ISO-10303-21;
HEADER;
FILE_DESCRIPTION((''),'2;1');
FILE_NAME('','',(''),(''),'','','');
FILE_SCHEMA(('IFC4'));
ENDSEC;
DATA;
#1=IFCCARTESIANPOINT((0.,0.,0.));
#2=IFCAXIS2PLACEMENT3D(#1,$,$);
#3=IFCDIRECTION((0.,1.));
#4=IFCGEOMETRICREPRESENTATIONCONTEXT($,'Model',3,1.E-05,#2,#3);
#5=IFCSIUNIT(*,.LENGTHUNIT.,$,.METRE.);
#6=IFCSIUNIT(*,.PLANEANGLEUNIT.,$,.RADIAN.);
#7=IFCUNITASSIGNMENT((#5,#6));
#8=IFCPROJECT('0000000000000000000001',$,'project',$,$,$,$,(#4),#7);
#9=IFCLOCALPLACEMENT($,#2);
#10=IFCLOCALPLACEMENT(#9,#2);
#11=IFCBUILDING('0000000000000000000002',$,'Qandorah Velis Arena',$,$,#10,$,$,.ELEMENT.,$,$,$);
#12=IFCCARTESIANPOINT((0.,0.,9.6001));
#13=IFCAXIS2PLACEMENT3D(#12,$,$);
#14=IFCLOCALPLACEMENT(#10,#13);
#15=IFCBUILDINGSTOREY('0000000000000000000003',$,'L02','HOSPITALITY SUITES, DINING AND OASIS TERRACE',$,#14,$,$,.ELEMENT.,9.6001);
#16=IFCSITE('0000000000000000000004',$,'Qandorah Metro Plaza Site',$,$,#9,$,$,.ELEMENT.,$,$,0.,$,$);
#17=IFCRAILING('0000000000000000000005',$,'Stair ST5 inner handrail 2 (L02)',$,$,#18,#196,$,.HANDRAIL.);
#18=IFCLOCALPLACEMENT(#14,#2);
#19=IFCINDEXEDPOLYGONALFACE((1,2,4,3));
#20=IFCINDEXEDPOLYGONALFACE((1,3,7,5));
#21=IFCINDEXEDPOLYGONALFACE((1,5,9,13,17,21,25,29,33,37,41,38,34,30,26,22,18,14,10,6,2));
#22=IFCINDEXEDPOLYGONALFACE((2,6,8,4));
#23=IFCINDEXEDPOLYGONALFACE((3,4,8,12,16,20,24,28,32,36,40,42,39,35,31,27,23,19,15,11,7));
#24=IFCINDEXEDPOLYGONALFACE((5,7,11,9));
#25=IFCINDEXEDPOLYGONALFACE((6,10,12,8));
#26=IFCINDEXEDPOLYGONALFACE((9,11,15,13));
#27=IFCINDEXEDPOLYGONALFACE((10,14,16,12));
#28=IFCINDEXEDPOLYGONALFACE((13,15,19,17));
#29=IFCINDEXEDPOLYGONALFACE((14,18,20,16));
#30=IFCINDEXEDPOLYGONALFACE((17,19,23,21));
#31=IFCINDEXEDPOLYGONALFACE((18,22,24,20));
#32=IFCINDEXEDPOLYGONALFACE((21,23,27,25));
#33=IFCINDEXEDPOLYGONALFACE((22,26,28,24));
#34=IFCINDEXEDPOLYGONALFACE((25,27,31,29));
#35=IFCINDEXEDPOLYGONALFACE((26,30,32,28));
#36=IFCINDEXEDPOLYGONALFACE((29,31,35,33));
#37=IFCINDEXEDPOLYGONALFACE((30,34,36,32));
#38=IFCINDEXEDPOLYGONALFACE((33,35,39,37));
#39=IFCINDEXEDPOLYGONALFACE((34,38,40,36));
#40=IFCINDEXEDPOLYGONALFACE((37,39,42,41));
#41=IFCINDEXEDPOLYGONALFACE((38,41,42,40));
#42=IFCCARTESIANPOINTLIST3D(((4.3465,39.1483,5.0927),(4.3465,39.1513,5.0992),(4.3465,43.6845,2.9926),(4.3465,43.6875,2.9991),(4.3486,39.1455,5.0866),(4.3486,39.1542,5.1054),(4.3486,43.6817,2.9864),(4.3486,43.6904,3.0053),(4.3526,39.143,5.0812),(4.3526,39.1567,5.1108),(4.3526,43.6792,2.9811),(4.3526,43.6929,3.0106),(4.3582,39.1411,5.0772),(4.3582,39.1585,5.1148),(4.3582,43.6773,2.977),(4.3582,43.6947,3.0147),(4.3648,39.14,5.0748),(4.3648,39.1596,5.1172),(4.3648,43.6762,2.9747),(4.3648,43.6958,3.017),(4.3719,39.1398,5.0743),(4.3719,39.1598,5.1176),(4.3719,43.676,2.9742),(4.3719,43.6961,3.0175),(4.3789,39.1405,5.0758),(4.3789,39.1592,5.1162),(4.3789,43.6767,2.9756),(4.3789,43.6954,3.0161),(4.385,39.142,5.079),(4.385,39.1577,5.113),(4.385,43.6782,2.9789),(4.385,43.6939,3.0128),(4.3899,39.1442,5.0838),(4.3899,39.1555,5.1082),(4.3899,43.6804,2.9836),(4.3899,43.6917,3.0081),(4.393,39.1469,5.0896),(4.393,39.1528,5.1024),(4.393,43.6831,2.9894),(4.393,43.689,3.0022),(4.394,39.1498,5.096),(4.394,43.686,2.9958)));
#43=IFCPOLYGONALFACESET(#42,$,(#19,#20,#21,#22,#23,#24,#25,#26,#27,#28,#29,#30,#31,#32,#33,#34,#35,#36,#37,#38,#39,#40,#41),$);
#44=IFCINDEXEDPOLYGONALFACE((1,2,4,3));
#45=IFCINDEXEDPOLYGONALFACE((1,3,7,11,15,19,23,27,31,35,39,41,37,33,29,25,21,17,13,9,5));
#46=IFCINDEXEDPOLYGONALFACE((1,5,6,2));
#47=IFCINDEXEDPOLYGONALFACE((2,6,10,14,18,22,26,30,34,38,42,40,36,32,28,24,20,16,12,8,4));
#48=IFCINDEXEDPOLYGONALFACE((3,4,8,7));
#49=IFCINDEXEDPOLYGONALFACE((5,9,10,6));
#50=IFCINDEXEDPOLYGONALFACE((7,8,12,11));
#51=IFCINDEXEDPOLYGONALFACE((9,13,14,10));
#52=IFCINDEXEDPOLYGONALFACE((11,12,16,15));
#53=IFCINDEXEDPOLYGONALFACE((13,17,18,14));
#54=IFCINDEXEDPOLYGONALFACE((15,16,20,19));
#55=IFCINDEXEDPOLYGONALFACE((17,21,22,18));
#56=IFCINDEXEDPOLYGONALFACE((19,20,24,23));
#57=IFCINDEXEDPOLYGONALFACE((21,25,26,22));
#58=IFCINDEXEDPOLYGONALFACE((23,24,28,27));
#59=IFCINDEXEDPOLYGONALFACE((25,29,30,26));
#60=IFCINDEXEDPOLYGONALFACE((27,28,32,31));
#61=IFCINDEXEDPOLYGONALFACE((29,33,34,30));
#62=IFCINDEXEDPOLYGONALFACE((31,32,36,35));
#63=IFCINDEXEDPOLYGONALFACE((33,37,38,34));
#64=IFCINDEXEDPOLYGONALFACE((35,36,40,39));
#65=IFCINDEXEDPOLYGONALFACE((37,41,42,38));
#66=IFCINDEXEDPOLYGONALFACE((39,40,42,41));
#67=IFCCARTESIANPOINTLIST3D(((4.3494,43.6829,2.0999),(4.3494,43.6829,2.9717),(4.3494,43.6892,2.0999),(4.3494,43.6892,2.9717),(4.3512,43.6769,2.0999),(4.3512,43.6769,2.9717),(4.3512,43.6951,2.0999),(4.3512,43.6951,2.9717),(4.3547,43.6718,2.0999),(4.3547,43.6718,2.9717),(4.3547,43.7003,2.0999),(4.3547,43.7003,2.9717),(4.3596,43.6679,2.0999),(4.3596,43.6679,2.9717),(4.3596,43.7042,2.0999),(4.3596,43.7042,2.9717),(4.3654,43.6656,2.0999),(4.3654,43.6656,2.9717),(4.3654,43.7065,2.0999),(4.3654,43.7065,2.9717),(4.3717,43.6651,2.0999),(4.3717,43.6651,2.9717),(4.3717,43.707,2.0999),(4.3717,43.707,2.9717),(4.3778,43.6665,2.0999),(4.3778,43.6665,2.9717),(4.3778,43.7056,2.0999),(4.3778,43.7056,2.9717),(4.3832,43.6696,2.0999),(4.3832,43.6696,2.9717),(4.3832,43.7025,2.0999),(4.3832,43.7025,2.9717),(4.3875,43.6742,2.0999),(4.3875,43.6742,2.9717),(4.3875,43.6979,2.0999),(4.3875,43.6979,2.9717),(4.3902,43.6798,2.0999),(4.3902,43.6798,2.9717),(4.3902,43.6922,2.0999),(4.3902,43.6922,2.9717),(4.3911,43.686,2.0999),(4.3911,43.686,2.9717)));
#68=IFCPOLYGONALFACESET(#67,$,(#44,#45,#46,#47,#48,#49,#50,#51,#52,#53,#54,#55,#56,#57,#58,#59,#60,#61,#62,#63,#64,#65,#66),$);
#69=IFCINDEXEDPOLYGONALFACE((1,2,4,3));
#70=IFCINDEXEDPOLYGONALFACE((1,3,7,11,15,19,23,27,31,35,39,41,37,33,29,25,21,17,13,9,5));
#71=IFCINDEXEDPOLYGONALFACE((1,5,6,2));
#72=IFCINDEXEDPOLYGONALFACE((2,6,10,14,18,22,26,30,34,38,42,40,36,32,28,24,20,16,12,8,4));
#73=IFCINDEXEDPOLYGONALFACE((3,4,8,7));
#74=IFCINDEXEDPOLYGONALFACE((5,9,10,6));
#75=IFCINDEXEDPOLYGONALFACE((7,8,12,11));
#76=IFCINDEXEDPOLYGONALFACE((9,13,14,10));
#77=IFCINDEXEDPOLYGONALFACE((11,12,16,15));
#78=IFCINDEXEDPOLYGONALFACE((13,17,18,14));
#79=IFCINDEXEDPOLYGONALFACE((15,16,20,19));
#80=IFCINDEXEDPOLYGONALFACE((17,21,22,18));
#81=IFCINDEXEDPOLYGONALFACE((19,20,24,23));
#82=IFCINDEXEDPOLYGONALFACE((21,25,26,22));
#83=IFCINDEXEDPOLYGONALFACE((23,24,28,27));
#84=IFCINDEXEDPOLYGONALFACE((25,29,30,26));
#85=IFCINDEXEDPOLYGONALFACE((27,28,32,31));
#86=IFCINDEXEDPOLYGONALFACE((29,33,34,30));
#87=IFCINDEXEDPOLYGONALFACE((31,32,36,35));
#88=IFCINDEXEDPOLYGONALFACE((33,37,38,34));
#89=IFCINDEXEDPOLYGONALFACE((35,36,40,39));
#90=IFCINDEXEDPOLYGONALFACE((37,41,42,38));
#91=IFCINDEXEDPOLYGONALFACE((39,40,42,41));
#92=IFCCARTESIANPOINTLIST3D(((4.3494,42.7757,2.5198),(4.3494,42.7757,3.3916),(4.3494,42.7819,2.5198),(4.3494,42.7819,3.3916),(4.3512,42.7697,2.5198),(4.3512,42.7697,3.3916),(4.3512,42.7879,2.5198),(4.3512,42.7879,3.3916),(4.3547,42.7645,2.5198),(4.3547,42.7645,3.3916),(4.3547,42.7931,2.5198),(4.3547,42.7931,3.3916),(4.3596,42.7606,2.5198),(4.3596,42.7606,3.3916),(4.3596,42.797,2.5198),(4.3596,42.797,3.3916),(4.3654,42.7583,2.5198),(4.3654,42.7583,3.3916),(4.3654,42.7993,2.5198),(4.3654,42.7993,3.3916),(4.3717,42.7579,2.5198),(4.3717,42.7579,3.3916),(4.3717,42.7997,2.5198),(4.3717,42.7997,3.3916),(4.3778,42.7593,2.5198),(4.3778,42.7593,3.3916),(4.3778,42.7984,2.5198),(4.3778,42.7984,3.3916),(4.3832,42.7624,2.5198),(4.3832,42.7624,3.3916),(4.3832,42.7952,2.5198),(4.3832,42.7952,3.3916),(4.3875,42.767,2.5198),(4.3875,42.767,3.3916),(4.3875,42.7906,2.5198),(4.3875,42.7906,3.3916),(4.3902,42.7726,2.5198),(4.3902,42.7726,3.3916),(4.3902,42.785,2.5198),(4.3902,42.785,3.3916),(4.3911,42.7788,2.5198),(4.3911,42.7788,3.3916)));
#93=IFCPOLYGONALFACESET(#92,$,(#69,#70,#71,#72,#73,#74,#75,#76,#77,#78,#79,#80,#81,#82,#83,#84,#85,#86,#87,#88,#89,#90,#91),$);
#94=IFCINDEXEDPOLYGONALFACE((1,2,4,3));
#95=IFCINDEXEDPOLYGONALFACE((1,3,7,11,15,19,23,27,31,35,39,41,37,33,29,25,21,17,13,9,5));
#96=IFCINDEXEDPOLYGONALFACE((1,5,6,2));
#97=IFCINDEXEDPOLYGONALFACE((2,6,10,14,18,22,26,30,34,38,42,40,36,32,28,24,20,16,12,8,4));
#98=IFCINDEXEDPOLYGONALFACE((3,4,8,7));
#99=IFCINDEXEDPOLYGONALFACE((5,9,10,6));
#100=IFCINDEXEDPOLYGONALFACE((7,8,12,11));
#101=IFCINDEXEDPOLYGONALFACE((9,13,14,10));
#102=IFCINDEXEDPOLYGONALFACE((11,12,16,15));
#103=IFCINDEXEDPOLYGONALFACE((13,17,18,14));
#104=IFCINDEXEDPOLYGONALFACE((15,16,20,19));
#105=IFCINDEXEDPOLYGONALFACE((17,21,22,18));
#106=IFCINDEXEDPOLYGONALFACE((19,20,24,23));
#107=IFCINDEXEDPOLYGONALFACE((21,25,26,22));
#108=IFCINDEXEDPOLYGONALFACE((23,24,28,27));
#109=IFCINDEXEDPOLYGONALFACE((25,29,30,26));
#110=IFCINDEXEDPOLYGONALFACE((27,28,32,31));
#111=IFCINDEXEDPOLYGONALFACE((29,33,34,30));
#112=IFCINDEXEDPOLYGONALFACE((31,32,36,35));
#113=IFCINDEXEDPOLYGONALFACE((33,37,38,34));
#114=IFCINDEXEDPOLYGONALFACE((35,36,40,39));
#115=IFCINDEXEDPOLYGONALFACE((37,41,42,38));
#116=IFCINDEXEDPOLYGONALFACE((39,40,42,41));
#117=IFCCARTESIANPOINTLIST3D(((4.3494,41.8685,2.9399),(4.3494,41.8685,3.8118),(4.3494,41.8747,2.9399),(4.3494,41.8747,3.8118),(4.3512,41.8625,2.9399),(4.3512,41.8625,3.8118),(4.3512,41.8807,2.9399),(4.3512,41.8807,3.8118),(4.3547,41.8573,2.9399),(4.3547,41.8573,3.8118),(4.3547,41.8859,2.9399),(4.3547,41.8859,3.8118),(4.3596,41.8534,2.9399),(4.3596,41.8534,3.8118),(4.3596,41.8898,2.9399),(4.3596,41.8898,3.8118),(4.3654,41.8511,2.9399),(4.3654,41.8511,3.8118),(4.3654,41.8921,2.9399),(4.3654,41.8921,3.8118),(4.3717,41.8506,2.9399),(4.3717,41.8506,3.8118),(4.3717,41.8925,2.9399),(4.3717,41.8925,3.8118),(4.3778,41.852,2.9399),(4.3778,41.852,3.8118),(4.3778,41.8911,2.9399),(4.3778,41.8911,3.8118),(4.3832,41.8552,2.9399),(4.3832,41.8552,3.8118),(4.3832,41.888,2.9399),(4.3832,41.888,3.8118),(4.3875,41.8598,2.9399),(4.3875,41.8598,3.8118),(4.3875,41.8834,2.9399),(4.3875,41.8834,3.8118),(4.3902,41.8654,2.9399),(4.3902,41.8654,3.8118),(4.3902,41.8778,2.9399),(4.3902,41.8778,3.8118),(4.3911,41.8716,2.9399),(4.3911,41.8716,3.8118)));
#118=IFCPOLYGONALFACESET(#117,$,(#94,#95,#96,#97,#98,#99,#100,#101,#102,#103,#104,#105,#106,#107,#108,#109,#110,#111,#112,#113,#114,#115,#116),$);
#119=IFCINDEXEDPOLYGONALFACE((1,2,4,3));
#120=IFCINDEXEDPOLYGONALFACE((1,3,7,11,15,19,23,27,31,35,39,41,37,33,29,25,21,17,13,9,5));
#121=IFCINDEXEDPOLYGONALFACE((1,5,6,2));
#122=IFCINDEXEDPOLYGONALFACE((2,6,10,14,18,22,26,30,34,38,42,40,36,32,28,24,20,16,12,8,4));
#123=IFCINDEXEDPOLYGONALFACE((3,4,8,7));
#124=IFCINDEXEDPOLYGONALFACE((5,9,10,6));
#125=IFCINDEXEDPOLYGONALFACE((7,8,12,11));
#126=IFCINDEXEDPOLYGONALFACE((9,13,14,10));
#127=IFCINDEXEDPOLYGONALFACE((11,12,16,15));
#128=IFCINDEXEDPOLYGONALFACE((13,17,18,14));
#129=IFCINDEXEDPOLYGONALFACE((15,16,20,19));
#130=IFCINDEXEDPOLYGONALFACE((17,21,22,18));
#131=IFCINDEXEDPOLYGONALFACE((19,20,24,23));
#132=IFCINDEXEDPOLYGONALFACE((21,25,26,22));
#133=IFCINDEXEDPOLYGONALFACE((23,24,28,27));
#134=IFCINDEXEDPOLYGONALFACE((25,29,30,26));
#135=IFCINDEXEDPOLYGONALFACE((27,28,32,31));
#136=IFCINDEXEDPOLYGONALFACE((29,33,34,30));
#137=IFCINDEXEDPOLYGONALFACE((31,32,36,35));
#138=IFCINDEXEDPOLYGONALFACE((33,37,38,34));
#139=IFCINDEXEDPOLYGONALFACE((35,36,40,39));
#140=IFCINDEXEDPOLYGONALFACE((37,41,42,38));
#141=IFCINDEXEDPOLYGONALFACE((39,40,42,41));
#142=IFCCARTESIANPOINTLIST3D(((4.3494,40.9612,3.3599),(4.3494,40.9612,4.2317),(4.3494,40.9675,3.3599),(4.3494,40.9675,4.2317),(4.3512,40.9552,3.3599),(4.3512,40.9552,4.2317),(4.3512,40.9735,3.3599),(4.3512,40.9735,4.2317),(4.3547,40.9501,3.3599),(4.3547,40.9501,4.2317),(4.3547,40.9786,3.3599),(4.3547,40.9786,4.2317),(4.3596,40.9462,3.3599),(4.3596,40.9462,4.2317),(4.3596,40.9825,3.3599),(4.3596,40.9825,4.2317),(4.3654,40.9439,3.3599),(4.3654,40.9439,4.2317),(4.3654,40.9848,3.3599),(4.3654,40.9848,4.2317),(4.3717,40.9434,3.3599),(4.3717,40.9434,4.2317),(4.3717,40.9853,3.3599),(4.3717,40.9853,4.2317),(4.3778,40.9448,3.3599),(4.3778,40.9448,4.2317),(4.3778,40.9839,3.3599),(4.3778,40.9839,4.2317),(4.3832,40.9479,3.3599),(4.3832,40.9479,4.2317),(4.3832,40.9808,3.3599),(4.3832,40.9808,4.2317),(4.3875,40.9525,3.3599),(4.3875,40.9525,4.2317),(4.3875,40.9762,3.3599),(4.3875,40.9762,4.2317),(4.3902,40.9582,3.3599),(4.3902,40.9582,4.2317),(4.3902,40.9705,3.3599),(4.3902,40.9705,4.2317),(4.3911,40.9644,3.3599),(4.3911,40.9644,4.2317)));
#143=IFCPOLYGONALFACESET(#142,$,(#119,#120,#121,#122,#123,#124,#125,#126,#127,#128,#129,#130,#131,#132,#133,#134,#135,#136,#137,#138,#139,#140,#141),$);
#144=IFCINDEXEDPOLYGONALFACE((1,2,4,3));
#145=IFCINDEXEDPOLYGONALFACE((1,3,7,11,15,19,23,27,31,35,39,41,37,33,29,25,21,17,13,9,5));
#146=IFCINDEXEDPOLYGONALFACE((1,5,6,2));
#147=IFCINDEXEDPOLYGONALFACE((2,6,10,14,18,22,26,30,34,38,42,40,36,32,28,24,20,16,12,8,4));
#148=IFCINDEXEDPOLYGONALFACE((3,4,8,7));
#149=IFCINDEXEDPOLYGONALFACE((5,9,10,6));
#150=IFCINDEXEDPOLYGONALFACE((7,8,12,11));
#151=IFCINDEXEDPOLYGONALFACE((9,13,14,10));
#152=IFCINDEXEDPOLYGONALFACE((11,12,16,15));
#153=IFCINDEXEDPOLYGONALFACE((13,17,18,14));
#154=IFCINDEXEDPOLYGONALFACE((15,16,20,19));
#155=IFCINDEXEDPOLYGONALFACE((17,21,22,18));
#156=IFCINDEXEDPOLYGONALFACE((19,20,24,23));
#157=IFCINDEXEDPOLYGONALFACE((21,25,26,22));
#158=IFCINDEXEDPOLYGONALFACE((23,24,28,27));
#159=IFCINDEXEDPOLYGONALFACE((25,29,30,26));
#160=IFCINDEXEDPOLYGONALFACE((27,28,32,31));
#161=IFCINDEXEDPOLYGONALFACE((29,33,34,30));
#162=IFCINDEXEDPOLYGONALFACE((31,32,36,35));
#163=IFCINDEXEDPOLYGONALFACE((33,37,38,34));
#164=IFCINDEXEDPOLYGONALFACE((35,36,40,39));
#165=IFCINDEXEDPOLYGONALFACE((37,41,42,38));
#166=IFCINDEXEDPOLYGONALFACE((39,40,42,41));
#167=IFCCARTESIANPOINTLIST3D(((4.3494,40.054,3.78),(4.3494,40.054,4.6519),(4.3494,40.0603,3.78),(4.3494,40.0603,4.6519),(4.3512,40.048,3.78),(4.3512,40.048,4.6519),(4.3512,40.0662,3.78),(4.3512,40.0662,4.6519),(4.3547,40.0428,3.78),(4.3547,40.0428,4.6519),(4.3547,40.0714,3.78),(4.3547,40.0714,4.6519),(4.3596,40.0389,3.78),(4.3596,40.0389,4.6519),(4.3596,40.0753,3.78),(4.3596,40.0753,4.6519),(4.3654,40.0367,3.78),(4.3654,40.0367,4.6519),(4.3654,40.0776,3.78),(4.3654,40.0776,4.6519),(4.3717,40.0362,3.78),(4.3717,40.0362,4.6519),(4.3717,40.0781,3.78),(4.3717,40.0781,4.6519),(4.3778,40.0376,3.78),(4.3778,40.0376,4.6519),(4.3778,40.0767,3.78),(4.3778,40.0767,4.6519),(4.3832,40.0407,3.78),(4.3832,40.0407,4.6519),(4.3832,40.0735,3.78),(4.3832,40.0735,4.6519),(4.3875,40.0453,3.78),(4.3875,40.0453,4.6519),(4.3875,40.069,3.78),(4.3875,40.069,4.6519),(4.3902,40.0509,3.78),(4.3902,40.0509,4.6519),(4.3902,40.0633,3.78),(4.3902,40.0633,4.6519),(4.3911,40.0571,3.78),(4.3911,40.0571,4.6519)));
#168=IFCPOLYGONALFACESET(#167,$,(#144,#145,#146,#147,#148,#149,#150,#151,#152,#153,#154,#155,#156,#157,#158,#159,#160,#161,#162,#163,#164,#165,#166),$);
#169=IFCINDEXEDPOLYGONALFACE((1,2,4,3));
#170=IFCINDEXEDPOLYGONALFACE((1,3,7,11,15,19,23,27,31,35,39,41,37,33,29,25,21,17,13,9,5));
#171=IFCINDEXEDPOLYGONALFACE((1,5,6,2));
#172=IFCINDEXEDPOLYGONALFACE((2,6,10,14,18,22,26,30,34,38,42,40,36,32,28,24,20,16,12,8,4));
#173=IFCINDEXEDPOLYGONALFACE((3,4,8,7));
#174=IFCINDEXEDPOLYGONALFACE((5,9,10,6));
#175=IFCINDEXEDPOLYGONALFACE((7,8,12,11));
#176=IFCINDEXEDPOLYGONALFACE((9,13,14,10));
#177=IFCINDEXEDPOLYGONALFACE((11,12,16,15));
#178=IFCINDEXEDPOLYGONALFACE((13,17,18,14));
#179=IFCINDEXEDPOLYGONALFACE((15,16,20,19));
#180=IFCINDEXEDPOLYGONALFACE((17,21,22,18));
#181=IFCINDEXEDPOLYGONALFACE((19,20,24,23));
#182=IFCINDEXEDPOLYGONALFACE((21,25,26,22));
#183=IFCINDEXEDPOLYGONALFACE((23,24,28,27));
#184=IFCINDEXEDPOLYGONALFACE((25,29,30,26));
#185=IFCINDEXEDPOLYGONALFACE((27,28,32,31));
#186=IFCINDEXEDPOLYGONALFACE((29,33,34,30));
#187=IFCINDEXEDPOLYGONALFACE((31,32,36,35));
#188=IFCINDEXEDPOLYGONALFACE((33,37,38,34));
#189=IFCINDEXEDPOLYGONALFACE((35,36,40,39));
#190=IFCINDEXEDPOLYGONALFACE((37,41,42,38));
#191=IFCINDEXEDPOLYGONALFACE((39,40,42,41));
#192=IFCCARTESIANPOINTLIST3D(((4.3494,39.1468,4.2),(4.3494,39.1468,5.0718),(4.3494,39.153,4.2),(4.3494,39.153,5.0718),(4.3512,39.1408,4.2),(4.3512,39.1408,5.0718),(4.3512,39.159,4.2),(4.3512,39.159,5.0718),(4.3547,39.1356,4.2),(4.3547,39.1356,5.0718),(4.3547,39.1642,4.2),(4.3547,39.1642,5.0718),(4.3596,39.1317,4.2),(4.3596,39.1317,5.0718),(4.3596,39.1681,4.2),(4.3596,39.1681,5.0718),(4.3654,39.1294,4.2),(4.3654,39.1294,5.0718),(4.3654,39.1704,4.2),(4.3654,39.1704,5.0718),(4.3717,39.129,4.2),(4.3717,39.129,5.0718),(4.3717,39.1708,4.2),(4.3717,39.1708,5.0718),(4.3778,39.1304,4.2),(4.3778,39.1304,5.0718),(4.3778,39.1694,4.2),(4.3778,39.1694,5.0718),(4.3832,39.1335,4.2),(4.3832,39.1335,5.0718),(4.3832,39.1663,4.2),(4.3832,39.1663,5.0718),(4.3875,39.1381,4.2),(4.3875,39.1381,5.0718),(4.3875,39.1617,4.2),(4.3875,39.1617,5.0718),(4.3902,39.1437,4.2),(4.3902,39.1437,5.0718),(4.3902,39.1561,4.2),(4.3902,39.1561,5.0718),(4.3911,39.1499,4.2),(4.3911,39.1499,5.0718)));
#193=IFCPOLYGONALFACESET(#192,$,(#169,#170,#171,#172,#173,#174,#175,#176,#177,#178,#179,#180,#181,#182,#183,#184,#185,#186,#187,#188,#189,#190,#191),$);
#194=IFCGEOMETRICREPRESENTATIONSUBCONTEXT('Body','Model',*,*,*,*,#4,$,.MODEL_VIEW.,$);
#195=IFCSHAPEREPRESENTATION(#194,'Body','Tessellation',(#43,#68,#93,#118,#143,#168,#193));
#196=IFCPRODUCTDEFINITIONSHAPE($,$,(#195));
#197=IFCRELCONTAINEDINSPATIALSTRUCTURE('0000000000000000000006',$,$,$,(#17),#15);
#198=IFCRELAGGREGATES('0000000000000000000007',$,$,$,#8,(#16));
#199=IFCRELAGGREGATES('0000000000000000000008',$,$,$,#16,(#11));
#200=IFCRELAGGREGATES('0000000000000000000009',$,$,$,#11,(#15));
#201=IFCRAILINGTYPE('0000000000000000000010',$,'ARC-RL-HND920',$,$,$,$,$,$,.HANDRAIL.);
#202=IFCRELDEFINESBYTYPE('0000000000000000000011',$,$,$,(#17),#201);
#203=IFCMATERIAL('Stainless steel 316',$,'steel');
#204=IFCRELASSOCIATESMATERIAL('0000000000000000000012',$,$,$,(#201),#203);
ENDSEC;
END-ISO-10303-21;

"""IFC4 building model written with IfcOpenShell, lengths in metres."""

from ifc_helpers import new_model, si_unit, direction, frame, origin, origin_2d, place, context, subcontext, project, spatial, circle, extrude, material, type_object, element, save


model = new_model("IFC4")

# Units and contexts
model_context = context("Model", 3, precision=1e-05, world=origin(), true_north=direction((0.0, 1.0)))
body_context = subcontext(model_context, "Body", "Model", "MODEL_VIEW")
ifc_project = project(units=[si_unit("LENGTHUNIT", "METRE"), si_unit("PLANEANGLEUNIT", "RADIAN")], contexts=[model_context])

# Site, building, storey
site_placement = place(None, origin())
site = spatial("IfcSite", under=ifc_project, at=site_placement, Name="Qandorah Metro Plaza Site", CompositionType="ELEMENT", RefElevation=0.0)
building_placement = place(site_placement, origin())
building = spatial("IfcBuilding", under=site, at=building_placement, Name="Qandorah Velis Arena", CompositionType="ELEMENT")
storey_placement = place(building_placement, frame((0.0, 0.0, 9.6001)))
storey = spatial("IfcBuildingStorey", under=building, at=storey_placement, Name="L02", Description="HOSPITALITY SUITES, DINING AND OASIS TERRACE", CompositionType="ELEMENT", Elevation=9.6001)

# Railing
ifc_material_1 = material(Name="Stainless steel 316", Category="steel")
railing_type_1 = type_object("IfcRailingType", Name="ARC-RL-HND920", PredefinedType="HANDRAIL", material=ifc_material_1)
railing_1_placement = place(storey_placement, frame((4.3701, 43.686, 2.0999)))
element("IfcRailing", 1, at=railing_1_placement, inside=storey, type_object=railing_type_1, Name="Stair ST5 inner handrail 2 (L02)", PredefinedType="HANDRAIL", context=body_context, shape_type="SweptSolid", body=[
    extrude(circle(Radius=0.0239, at=origin_2d()), frame((0.0, 0.0, 0.896), z_axis=(0.0, -0.907464, 0.42013), x_axis=(1.0, 0.0, 0.0)), (0.0, 0.0, 1.0), 4.9988),
    extrude(circle(Radius=0.021, at=origin_2d()), origin(), (0.0, 0.0, 1.0), 0.8718),
    extrude(circle(Radius=0.021, at=origin_2d()), frame((0.0, -0.9072, 0.4199)), (0.0, 0.0, 1.0), 0.8718),
    extrude(circle(Radius=0.021, at=origin_2d()), frame((0.0, -1.8145, 0.8401)), (0.0, 0.0, 1.0), 0.8718),
    extrude(circle(Radius=0.021, at=origin_2d()), frame((0.0, -2.7217, 1.26)), (0.0, 0.0, 1.0), 0.8718),
    extrude(circle(Radius=0.021, at=origin_2d()), frame((0.0, -3.6289, 1.6802)), (0.0, 0.0, 1.0), 0.8718),
    extrude(circle(Radius=0.021, at=origin_2d()), frame((0.0, -4.5361, 2.1001)), (0.0, 0.0, 1.0), 0.8718),
])

save(model, "model.ifc")
